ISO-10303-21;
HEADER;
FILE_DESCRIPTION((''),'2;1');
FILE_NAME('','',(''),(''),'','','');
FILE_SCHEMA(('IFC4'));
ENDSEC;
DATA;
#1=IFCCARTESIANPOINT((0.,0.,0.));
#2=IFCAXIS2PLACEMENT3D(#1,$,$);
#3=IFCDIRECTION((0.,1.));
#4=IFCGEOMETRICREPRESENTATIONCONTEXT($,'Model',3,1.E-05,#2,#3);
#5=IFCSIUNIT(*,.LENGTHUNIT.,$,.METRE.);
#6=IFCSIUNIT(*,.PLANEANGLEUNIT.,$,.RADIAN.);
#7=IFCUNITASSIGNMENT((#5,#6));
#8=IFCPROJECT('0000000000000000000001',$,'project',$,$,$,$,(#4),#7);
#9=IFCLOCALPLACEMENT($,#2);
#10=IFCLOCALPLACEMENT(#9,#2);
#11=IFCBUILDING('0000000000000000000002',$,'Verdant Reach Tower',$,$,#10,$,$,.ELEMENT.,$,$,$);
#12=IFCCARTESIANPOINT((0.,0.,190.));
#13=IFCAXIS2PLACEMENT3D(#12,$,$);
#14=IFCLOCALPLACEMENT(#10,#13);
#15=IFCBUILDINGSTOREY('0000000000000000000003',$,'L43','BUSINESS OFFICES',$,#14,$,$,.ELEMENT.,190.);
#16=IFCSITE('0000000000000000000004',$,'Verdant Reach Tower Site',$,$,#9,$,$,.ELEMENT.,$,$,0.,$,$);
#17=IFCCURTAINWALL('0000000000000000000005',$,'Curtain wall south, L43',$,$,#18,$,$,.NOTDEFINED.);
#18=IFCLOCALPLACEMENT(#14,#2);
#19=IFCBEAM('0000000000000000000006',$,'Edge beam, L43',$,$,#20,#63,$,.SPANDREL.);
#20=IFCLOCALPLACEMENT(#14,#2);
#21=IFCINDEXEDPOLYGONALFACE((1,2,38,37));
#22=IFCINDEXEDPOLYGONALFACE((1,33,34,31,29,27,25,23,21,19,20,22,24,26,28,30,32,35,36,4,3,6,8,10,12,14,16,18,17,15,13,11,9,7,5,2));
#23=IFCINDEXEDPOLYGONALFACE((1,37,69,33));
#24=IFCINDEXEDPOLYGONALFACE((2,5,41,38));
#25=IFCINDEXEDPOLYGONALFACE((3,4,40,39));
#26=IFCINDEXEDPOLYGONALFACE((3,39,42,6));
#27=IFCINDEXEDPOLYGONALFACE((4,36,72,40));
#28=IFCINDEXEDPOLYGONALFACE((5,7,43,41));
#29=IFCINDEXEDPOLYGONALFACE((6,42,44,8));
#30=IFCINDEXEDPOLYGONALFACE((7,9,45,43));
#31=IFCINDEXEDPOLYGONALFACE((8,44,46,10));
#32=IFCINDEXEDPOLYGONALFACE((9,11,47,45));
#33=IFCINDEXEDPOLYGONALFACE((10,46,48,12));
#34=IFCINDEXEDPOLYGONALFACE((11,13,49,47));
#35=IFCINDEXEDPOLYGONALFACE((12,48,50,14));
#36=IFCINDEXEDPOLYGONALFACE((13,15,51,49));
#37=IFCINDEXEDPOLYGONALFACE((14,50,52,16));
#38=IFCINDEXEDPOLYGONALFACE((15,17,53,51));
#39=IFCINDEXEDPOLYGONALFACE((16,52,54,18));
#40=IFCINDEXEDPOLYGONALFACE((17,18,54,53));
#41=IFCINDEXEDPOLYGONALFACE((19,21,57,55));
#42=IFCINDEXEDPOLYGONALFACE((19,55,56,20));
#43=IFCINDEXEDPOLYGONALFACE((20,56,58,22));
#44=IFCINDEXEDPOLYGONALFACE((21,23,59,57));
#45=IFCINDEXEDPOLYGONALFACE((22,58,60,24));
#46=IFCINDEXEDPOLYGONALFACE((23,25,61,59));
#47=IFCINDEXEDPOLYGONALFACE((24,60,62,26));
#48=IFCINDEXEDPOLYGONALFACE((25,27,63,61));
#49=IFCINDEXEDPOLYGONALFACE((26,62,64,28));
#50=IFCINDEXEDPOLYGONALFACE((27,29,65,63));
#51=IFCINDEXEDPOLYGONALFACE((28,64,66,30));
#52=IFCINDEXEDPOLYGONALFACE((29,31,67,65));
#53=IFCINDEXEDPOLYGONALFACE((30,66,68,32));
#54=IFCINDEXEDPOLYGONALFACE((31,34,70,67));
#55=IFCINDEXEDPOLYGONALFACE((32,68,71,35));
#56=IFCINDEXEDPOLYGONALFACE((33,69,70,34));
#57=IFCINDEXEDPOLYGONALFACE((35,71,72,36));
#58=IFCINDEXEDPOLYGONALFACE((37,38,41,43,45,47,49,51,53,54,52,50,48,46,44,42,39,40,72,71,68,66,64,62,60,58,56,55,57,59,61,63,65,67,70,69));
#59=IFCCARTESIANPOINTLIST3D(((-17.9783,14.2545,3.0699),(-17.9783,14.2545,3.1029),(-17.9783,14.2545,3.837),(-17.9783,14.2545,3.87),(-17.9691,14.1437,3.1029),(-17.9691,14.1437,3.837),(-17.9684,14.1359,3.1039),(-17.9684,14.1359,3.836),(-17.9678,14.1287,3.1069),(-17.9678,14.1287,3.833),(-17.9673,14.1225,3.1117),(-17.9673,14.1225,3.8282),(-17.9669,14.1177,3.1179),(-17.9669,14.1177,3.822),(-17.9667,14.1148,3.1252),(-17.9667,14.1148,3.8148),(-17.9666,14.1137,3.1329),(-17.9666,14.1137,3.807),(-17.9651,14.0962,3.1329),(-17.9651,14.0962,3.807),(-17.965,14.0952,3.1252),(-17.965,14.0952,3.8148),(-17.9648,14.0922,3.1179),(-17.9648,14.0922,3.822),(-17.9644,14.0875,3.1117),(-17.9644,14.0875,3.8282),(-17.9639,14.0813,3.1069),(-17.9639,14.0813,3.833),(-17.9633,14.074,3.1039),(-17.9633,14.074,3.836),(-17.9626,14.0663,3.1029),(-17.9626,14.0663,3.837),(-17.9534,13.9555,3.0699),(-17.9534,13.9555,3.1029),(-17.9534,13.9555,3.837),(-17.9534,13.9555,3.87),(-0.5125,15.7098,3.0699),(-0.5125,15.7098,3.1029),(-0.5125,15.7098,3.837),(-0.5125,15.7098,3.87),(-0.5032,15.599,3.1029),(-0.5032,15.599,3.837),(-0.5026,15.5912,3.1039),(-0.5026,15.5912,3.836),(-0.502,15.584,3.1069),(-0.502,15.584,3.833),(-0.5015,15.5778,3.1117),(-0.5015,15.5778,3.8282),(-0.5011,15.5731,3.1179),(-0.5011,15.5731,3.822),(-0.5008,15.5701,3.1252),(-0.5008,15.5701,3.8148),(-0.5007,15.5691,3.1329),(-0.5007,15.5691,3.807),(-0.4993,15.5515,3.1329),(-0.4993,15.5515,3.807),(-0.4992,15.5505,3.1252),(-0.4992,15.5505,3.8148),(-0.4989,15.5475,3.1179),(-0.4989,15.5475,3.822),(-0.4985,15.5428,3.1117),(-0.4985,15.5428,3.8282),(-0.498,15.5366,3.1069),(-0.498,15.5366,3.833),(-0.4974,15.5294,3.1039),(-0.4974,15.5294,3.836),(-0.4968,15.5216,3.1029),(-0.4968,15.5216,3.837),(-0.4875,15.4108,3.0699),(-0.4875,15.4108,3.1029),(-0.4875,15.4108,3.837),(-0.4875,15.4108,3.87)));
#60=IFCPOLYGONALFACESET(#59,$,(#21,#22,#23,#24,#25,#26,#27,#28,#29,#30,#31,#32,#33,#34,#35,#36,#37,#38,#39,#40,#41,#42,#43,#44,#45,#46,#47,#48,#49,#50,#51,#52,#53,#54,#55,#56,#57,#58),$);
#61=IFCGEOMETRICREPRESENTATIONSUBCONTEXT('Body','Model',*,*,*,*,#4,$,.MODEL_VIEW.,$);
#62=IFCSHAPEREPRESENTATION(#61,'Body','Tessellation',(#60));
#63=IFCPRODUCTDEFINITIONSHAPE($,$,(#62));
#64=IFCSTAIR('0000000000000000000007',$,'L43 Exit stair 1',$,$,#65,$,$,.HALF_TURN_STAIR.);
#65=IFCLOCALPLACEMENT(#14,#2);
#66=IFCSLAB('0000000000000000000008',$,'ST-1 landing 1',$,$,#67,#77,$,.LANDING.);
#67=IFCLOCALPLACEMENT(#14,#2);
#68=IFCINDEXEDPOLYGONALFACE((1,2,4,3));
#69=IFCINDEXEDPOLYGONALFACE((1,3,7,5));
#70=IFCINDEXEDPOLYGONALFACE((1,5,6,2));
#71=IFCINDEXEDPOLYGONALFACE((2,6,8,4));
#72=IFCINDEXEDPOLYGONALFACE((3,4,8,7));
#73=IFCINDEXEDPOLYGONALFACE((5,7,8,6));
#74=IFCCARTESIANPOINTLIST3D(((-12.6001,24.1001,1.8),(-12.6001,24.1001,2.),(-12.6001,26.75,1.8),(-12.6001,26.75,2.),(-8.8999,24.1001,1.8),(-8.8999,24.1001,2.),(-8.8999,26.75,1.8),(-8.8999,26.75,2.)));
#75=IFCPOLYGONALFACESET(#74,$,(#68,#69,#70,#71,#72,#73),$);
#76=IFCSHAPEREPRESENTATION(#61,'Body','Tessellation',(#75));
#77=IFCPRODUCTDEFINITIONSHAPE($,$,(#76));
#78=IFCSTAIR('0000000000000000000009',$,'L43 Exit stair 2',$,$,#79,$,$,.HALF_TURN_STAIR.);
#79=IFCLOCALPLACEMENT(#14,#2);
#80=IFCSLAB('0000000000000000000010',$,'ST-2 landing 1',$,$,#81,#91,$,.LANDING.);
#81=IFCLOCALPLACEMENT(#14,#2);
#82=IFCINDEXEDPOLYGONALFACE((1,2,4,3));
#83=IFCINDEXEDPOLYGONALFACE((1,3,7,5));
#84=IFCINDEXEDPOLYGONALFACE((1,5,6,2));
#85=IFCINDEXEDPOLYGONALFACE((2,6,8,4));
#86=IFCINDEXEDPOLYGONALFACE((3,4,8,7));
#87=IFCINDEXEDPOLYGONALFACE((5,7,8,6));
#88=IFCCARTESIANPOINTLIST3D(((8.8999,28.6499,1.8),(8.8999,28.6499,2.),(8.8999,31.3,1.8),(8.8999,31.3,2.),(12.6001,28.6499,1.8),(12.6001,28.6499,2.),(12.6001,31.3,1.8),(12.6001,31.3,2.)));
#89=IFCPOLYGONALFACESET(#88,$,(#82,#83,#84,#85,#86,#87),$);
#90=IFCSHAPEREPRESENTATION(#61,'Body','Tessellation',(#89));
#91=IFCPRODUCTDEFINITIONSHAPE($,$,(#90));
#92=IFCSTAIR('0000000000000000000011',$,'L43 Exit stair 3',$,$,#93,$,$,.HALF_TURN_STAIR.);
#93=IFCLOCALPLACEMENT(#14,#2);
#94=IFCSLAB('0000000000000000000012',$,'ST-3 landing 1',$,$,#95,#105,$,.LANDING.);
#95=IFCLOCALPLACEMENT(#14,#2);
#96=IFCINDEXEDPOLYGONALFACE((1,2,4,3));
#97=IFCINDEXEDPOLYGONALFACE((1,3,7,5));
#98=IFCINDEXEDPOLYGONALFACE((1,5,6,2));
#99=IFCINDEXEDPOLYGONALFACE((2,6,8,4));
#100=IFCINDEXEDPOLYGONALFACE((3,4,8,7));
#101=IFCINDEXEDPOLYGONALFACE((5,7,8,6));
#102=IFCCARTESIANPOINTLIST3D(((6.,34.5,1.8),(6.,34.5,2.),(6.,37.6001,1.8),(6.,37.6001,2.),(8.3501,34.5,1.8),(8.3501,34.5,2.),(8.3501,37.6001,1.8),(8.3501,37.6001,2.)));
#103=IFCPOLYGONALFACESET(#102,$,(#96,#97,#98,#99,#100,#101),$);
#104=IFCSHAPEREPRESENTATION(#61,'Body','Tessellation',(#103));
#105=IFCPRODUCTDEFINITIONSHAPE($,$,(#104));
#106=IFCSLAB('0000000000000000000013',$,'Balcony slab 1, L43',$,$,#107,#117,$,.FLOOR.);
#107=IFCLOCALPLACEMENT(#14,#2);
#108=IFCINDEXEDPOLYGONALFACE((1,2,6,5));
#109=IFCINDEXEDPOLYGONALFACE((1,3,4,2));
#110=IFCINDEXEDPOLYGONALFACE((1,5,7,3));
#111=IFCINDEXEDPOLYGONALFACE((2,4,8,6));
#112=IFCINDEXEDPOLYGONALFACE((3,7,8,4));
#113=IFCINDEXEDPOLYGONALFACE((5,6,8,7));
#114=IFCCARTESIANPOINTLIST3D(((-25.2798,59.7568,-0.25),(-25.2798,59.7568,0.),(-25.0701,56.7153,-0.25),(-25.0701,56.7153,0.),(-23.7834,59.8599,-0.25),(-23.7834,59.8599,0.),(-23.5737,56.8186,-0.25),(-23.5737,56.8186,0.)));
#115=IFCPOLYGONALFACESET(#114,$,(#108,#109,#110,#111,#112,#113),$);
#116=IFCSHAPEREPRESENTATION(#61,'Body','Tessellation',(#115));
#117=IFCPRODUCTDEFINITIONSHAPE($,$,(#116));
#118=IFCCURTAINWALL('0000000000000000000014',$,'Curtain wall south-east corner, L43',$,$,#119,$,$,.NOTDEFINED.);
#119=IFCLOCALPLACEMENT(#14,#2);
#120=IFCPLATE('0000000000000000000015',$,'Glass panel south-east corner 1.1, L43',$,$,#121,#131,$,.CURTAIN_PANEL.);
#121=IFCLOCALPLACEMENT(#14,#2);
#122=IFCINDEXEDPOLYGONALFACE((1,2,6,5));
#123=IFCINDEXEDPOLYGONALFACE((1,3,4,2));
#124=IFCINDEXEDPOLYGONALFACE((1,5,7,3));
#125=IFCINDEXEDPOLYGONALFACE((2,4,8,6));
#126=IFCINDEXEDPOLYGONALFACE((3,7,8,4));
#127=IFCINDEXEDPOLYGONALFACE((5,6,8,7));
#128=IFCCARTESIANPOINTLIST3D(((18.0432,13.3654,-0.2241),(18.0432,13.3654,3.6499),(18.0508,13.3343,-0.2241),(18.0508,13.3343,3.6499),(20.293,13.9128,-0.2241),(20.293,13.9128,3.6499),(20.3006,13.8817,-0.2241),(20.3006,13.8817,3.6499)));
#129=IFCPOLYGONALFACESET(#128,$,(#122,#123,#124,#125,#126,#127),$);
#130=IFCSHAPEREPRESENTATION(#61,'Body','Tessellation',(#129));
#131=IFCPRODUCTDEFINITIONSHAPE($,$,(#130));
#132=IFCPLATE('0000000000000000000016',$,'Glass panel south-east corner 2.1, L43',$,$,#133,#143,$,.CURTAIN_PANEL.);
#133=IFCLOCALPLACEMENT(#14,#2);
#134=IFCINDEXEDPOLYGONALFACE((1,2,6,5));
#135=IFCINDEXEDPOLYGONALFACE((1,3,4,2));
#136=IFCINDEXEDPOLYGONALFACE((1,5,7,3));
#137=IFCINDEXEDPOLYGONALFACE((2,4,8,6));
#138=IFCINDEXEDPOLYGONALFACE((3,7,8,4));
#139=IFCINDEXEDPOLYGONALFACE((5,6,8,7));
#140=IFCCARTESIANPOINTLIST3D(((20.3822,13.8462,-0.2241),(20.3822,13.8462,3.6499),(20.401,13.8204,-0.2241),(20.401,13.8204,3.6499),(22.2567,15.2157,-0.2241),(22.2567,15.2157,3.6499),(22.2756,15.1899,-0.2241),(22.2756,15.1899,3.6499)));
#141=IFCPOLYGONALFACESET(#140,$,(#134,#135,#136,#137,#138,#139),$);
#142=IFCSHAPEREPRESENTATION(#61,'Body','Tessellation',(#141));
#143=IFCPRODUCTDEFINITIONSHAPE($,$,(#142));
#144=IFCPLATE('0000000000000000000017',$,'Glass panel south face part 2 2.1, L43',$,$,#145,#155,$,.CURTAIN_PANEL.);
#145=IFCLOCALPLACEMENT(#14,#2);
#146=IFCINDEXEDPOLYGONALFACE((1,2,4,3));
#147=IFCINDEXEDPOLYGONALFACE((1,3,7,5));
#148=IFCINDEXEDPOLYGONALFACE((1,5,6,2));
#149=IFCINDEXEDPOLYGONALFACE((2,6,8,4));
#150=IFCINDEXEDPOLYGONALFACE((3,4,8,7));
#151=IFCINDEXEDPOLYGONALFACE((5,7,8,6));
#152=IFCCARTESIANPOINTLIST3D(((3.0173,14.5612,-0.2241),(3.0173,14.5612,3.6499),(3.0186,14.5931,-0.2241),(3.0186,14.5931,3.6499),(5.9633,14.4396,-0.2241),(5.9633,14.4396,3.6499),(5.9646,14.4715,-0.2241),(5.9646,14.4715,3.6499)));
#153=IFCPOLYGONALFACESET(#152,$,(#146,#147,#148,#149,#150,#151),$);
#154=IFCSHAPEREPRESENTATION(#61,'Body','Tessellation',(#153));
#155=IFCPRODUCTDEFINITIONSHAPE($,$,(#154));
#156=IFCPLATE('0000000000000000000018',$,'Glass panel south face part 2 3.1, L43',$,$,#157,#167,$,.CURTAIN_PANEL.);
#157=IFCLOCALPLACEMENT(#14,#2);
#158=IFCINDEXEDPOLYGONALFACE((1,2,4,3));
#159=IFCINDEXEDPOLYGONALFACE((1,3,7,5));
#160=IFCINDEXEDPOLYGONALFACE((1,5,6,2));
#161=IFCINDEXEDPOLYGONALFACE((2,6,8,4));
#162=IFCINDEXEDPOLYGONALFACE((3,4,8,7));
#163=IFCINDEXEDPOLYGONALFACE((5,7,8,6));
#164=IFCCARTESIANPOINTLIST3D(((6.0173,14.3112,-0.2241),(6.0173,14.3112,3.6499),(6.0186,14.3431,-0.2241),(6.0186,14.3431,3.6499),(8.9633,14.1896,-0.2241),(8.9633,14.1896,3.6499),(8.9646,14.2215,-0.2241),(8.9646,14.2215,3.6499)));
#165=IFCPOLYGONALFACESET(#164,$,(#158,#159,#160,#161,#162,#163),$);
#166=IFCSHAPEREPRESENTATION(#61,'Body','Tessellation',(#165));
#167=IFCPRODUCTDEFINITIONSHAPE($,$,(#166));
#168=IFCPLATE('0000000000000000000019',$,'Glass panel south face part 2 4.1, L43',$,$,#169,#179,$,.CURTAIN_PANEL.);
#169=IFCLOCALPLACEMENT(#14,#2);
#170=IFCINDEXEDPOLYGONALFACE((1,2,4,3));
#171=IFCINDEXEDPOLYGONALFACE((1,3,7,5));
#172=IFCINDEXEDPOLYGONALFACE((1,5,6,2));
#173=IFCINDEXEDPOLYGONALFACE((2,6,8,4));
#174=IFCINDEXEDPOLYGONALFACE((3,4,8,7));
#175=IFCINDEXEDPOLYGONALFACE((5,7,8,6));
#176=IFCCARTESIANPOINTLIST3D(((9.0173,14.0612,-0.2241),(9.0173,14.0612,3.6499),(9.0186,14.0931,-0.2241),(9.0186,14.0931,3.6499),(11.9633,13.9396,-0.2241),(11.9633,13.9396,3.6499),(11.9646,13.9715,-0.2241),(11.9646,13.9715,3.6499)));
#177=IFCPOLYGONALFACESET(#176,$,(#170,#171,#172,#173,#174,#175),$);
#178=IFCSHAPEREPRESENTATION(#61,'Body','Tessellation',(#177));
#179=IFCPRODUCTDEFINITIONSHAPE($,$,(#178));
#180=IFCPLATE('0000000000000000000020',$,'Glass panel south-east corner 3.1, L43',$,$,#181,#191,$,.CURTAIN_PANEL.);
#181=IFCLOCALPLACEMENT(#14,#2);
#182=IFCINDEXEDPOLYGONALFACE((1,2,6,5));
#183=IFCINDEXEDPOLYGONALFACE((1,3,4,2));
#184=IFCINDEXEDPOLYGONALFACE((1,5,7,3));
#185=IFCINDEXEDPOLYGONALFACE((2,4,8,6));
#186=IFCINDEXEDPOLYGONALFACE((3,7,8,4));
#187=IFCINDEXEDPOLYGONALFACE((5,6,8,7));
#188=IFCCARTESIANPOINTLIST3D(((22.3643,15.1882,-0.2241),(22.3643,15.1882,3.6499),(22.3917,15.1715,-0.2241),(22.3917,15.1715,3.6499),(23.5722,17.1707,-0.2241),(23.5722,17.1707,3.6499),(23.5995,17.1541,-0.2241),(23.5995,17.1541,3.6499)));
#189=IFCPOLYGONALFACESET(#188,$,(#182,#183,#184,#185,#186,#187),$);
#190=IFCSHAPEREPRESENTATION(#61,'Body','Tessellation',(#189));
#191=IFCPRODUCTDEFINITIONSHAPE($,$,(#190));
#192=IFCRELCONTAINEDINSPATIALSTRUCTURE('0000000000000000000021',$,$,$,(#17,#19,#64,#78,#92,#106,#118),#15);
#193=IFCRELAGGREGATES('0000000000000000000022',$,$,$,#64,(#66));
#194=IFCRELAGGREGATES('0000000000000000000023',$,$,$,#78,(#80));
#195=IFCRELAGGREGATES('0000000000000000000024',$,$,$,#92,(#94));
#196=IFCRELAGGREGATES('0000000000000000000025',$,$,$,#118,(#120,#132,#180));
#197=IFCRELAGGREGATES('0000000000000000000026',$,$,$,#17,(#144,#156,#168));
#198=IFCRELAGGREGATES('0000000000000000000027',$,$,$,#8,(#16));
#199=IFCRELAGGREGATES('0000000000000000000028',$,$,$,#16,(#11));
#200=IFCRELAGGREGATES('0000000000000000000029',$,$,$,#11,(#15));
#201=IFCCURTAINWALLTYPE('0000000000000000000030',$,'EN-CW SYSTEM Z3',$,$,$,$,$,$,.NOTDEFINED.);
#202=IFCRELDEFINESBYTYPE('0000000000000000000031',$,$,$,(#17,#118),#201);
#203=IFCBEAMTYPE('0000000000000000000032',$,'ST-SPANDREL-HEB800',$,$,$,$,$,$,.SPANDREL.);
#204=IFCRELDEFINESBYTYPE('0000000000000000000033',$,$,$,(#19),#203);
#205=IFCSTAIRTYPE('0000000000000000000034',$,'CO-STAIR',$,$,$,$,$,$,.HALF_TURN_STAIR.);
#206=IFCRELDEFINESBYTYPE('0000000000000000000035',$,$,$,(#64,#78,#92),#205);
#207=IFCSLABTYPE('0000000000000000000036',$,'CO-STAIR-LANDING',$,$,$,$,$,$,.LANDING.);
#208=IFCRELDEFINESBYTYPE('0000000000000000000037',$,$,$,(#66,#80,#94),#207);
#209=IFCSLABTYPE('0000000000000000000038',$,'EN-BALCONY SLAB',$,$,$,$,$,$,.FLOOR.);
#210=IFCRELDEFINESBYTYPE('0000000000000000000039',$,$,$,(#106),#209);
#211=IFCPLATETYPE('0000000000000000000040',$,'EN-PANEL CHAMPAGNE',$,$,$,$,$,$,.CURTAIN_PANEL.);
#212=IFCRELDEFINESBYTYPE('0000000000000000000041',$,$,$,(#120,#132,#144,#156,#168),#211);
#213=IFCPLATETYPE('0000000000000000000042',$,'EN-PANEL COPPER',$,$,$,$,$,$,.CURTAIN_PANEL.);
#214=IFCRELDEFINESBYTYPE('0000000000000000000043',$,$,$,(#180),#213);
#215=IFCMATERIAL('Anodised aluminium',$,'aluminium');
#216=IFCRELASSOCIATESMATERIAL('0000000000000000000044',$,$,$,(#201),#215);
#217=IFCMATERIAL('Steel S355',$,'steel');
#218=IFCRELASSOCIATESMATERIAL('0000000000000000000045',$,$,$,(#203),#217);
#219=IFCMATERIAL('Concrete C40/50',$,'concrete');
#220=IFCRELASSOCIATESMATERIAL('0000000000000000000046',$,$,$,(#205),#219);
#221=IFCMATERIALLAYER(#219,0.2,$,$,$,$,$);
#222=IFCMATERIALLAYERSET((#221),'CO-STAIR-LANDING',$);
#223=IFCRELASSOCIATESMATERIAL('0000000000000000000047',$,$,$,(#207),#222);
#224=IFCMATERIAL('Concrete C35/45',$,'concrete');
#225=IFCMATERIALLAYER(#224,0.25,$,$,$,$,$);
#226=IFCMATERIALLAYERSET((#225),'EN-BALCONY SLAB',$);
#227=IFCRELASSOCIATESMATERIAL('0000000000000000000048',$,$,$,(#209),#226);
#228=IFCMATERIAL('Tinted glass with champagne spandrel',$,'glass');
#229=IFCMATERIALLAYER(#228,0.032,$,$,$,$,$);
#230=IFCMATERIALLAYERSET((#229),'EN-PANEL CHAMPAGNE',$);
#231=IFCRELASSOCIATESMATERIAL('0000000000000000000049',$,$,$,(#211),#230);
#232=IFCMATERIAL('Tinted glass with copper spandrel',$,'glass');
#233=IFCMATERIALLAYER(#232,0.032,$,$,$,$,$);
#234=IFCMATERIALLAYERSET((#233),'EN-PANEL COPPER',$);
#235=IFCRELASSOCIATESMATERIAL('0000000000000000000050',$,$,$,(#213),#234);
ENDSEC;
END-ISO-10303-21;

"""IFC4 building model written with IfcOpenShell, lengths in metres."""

from ifc_helpers import new_model, si_unit, direction, frame, origin, origin_2d, place, context, subcontext, project, spatial, polyline, rectangle, i_section, outline, extrude, material, layer, layer_set, material_profile, profile_set, type_object, element, aggregate, save


model = new_model("IFC4")

# Units and contexts
model_context = context("Model", 3, precision=1e-05, world=origin(), true_north=direction((0.0, 1.0)))
body_context = subcontext(model_context, "Body", "Model", "MODEL_VIEW")
ifc_project = project(units=[si_unit("LENGTHUNIT", "METRE"), si_unit("PLANEANGLEUNIT", "RADIAN")], contexts=[model_context])

# Site, building, storey
site_placement = place(None, origin())
site = spatial("IfcSite", under=ifc_project, at=site_placement, Name="Verdant Reach Tower Site", CompositionType="ELEMENT", RefElevation=0.0)
building_placement = place(site_placement, origin())
building = spatial("IfcBuilding", under=site, at=building_placement, Name="Verdant Reach Tower", CompositionType="ELEMENT")
storey_placement = place(building_placement, frame((0.0, 0.0, 190.0)))
storey = spatial("IfcBuildingStorey", under=building, at=storey_placement, Name="L43", Description="BUSINESS OFFICES", CompositionType="ELEMENT", Elevation=190.0)

# Curtain wall
ifc_material_1 = material(Name="Anodised aluminium", Category="aluminium")
curtain_wall_type = type_object("IfcCurtainWallType", Name="EN-CW SYSTEM Z3", PredefinedType="NOTDEFINED", material=ifc_material_1)
curtain_wall_1_placement = place(storey_placement, origin())
curtain_wall_1 = element("IfcCurtainWall", 1, at=curtain_wall_1_placement, inside=storey, type_object=curtain_wall_type, Name="Curtain wall south, L43", PredefinedType="NOTDEFINED")

# Beam
ifc_material_2 = material(Name="Steel S355", Category="steel")
ifc_material_profile_1 = material_profile(ifc_material_2, i_section(OverallWidth=0.3, OverallDepth=0.8, WebThickness=0.0176, FlangeThickness=0.033, FilletRadius=0.03, at=origin_2d()), Name="HEB 800")
ifc_profile_set_1 = profile_set([ifc_material_profile_1], Name="Steel S355")
beam_type_1 = type_object("IfcBeamType", Name="ST-SPANDREL-HEB800", PredefinedType="SPANDREL", material=ifc_profile_set_1)
for number, where, z_axis, x_axis, name in (
    (2, (-0.5, 15.5603, 3.47), (-0.996547, -0.083036, 0.0), (0.083036, -0.996547, 0.0), "Edge beam, L43"),
):
    element("IfcBeam", number, at=place(storey_placement, frame(where, z_axis=z_axis, x_axis=x_axis)), inside=storey, type_object=beam_type_1, Name=name, PredefinedType="SPANDREL", context=body_context, shape_type="SweptSolid", body=[
        extrude(i_section(OverallWidth=0.3, OverallDepth=0.8, WebThickness=0.0176, FlangeThickness=0.033, FilletRadius=0.03, at=origin_2d()), origin(), (0.0, 0.0, 1.0), 17.5264),
    ])

# Stairs, slabs
ifc_material_3 = material(Name="Concrete C40/50", Category="concrete")
stair_type = type_object("IfcStairType", Name="CO-STAIR", PredefinedType="HALF_TURN_STAIR", material=ifc_material_3)
stair_1_placement = place(storey_placement, origin())
stair_1 = element("IfcStair", 3, at=stair_1_placement, inside=storey, type_object=stair_type, Name="L43 Exit stair 1", PredefinedType="HALF_TURN_STAIR")
ifc_layer_1 = layer(ifc_material_3, 0.2)
ifc_layer_set_1 = layer_set([ifc_layer_1], Name="CO-STAIR-LANDING")
slab_type_1 = type_object("IfcSlabType", Name="CO-STAIR-LANDING", PredefinedType="LANDING", material=ifc_layer_set_1)
slab_1_placement = place(storey_placement, frame((0.0, 0.0, 1.8)))
slab_1 = element("IfcSlab", 4, at=slab_1_placement, type_object=slab_type_1, Name="ST-1 landing 1", PredefinedType="LANDING", context=body_context, shape_type="SweptSolid", body=[
    extrude(outline(polyline([(-12.6001, 26.75), (-12.6001, 24.1001), (-8.8999, 24.1001), (-8.8999, 26.75), (-12.6001, 26.75)])), origin(), (0.0, 0.0, 1.0), 0.2),
])
aggregate(stair_1, [slab_1])
stair_2_placement = place(storey_placement, origin())
stair_2 = element("IfcStair", 5, at=stair_2_placement, inside=storey, type_object=stair_type, Name="L43 Exit stair 2", PredefinedType="HALF_TURN_STAIR")
slab_2_placement = place(storey_placement, frame((0.0, 0.0, 1.8)))
slab_2 = element("IfcSlab", 6, at=slab_2_placement, type_object=slab_type_1, Name="ST-2 landing 1", PredefinedType="LANDING", context=body_context, shape_type="SweptSolid", body=[
    extrude(outline(polyline([(12.6001, 28.6499), (12.6001, 31.3), (8.8999, 31.3), (8.8999, 28.6499), (12.6001, 28.6499)])), origin(), (0.0, 0.0, 1.0), 0.2),
])
aggregate(stair_2, [slab_2])
stair_3_placement = place(storey_placement, origin())
stair_3 = element("IfcStair", 7, at=stair_3_placement, inside=storey, type_object=stair_type, Name="L43 Exit stair 3", PredefinedType="HALF_TURN_STAIR")
slab_3_placement = place(storey_placement, frame((0.0, 0.0, 1.8)))
slab_3 = element("IfcSlab", 8, at=slab_3_placement, type_object=slab_type_1, Name="ST-3 landing 1", PredefinedType="LANDING", context=body_context, shape_type="SweptSolid", body=[
    extrude(outline(polyline([(8.3501, 37.6001), (6.0, 37.6001), (6.0, 34.5), (8.3501, 34.5), (8.3501, 37.6001)])), origin(), (0.0, 0.0, 1.0), 0.2),
])
aggregate(stair_3, [slab_3])

# Slab
ifc_material_4 = material(Name="Concrete C35/45", Category="concrete")
ifc_layer_2 = layer(ifc_material_4, 0.25)
ifc_layer_set_2 = layer_set([ifc_layer_2], Name="EN-BALCONY SLAB")
slab_type_2 = type_object("IfcSlabType", Name="EN-BALCONY SLAB", PredefinedType="FLOOR", material=ifc_layer_set_2)
slab_4_placement = place(storey_placement, frame((0.0, 0.0, -0.25)))
element("IfcSlab", 9, at=slab_4_placement, inside=storey, type_object=slab_type_2, Name="Balcony slab 1, L43", PredefinedType="FLOOR", context=body_context, shape_type="SweptSolid", body=[
    extrude(outline(polyline([(-23.7834, 59.8599), (-23.5737, 56.8186), (-25.0701, 56.7153), (-25.2798, 59.7568), (-23.7834, 59.8599)])), origin(), (0.0, 0.0, 1.0), 0.25),
])

# Curtain wall, plates
curtain_wall_2_placement = place(storey_placement, origin())
curtain_wall_2 = element("IfcCurtainWall", 10, at=curtain_wall_2_placement, inside=storey, type_object=curtain_wall_type, Name="Curtain wall south-east corner, L43", PredefinedType="NOTDEFINED")
ifc_material_5 = material(Name="Tinted glass with champagne spandrel", Category="glass")
ifc_layer_3 = layer(ifc_material_5, 0.032)
ifc_layer_set_3 = layer_set([ifc_layer_3], Name="EN-PANEL CHAMPAGNE")
plate_type_1 = type_object("IfcPlateType", Name="EN-PANEL CHAMPAGNE", PredefinedType="CURTAIN_PANEL", material=ifc_layer_set_3)
plate_1_placement = place(storey_placement, frame((19.1719, 13.6235, -0.2241), z_axis=(0.0, 0.0, 1.0), x_axis=(0.971655, 0.236403, 0.0)))
plate_1 = element("IfcPlate", 11, at=plate_1_placement, type_object=plate_type_1, Name="Glass panel south-east corner 1.1, L43", PredefinedType="CURTAIN_PANEL", context=body_context, shape_type="SweptSolid", body=[
    extrude(rectangle(XDim=2.3154, YDim=0.032, at=origin_2d()), origin(), (0.0, 0.0, 1.0), 3.874),
])
plate_2_placement = place(storey_placement, frame((21.3289, 14.5181, -0.2241), z_axis=(0.0, 0.0, 1.0), x_axis=(0.807457, 0.589927, 0.0)))
plate_2 = element("IfcPlate", 12, at=plate_2_placement, type_object=plate_type_1, Name="Glass panel south-east corner 2.1, L43", PredefinedType="CURTAIN_PANEL", context=body_context, shape_type="SweptSolid", body=[
    extrude(rectangle(XDim=2.3215, YDim=0.032, at=origin_2d()), origin(), (0.0, 0.0, 1.0), 3.874),
])

# Plates
plate_3_placement = place(storey_placement, frame((4.491, 14.5164, -0.2241), z_axis=(0.0, 0.0, 1.0), x_axis=(0.999149, -0.041242, 0.0)))
plate_3 = element("IfcPlate", 13, at=plate_3_placement, type_object=plate_type_1, Name="Glass panel south face part 2 2.1, L43", PredefinedType="CURTAIN_PANEL", context=body_context, shape_type="SweptSolid", body=[
    extrude(rectangle(XDim=2.9485, YDim=0.032, at=origin_2d()), origin(), (0.0, 0.0, 1.0), 3.874),
])
plate_4_placement = place(storey_placement, frame((7.491, 14.2664, -0.2241), z_axis=(0.0, 0.0, 1.0), x_axis=(0.999149, -0.041242, 0.0)))
plate_4 = element("IfcPlate", 14, at=plate_4_placement, type_object=plate_type_1, Name="Glass panel south face part 2 3.1, L43", PredefinedType="CURTAIN_PANEL", context=body_context, shape_type="SweptSolid", body=[
    extrude(rectangle(XDim=2.9485, YDim=0.032, at=origin_2d()), origin(), (0.0, 0.0, 1.0), 3.874),
])
plate_5_placement = place(storey_placement, frame((10.491, 14.0164, -0.2241), z_axis=(0.0, 0.0, 1.0), x_axis=(0.999149, -0.041242, 0.0)))
plate_5 = element("IfcPlate", 15, at=plate_5_placement, type_object=plate_type_1, Name="Glass panel south face part 2 4.1, L43", PredefinedType="CURTAIN_PANEL", context=body_context, shape_type="SweptSolid", body=[
    extrude(rectangle(XDim=2.9485, YDim=0.032, at=origin_2d()), origin(), (0.0, 0.0, 1.0), 3.874),
])
ifc_material_6 = material(Name="Tinted glass with copper spandrel", Category="glass")
ifc_layer_4 = layer(ifc_material_6, 0.032)
ifc_layer_set_4 = layer_set([ifc_layer_4], Name="EN-PANEL COPPER")
plate_type_2 = type_object("IfcPlateType", Name="EN-PANEL COPPER", PredefinedType="CURTAIN_PANEL", material=ifc_layer_set_4)
plate_6_placement = place(storey_placement, frame((22.9819, 16.1711, -0.2241), z_axis=(0.0, 0.0, 1.0), x_axis=(0.520292, 0.853989, 0.0)))
plate_6 = element("IfcPlate", 16, at=plate_6_placement, type_object=plate_type_2, Name="Glass panel south-east corner 3.1, L43", PredefinedType="CURTAIN_PANEL", context=body_context, shape_type="SweptSolid", body=[
    extrude(rectangle(XDim=2.3215, YDim=0.032, at=origin_2d()), origin(), (0.0, 0.0, 1.0), 3.874),
])
aggregate(curtain_wall_2, [plate_1, plate_2, plate_6])
aggregate(curtain_wall_1, [plate_3, plate_4, plate_5])

save(model, "model.ifc")
